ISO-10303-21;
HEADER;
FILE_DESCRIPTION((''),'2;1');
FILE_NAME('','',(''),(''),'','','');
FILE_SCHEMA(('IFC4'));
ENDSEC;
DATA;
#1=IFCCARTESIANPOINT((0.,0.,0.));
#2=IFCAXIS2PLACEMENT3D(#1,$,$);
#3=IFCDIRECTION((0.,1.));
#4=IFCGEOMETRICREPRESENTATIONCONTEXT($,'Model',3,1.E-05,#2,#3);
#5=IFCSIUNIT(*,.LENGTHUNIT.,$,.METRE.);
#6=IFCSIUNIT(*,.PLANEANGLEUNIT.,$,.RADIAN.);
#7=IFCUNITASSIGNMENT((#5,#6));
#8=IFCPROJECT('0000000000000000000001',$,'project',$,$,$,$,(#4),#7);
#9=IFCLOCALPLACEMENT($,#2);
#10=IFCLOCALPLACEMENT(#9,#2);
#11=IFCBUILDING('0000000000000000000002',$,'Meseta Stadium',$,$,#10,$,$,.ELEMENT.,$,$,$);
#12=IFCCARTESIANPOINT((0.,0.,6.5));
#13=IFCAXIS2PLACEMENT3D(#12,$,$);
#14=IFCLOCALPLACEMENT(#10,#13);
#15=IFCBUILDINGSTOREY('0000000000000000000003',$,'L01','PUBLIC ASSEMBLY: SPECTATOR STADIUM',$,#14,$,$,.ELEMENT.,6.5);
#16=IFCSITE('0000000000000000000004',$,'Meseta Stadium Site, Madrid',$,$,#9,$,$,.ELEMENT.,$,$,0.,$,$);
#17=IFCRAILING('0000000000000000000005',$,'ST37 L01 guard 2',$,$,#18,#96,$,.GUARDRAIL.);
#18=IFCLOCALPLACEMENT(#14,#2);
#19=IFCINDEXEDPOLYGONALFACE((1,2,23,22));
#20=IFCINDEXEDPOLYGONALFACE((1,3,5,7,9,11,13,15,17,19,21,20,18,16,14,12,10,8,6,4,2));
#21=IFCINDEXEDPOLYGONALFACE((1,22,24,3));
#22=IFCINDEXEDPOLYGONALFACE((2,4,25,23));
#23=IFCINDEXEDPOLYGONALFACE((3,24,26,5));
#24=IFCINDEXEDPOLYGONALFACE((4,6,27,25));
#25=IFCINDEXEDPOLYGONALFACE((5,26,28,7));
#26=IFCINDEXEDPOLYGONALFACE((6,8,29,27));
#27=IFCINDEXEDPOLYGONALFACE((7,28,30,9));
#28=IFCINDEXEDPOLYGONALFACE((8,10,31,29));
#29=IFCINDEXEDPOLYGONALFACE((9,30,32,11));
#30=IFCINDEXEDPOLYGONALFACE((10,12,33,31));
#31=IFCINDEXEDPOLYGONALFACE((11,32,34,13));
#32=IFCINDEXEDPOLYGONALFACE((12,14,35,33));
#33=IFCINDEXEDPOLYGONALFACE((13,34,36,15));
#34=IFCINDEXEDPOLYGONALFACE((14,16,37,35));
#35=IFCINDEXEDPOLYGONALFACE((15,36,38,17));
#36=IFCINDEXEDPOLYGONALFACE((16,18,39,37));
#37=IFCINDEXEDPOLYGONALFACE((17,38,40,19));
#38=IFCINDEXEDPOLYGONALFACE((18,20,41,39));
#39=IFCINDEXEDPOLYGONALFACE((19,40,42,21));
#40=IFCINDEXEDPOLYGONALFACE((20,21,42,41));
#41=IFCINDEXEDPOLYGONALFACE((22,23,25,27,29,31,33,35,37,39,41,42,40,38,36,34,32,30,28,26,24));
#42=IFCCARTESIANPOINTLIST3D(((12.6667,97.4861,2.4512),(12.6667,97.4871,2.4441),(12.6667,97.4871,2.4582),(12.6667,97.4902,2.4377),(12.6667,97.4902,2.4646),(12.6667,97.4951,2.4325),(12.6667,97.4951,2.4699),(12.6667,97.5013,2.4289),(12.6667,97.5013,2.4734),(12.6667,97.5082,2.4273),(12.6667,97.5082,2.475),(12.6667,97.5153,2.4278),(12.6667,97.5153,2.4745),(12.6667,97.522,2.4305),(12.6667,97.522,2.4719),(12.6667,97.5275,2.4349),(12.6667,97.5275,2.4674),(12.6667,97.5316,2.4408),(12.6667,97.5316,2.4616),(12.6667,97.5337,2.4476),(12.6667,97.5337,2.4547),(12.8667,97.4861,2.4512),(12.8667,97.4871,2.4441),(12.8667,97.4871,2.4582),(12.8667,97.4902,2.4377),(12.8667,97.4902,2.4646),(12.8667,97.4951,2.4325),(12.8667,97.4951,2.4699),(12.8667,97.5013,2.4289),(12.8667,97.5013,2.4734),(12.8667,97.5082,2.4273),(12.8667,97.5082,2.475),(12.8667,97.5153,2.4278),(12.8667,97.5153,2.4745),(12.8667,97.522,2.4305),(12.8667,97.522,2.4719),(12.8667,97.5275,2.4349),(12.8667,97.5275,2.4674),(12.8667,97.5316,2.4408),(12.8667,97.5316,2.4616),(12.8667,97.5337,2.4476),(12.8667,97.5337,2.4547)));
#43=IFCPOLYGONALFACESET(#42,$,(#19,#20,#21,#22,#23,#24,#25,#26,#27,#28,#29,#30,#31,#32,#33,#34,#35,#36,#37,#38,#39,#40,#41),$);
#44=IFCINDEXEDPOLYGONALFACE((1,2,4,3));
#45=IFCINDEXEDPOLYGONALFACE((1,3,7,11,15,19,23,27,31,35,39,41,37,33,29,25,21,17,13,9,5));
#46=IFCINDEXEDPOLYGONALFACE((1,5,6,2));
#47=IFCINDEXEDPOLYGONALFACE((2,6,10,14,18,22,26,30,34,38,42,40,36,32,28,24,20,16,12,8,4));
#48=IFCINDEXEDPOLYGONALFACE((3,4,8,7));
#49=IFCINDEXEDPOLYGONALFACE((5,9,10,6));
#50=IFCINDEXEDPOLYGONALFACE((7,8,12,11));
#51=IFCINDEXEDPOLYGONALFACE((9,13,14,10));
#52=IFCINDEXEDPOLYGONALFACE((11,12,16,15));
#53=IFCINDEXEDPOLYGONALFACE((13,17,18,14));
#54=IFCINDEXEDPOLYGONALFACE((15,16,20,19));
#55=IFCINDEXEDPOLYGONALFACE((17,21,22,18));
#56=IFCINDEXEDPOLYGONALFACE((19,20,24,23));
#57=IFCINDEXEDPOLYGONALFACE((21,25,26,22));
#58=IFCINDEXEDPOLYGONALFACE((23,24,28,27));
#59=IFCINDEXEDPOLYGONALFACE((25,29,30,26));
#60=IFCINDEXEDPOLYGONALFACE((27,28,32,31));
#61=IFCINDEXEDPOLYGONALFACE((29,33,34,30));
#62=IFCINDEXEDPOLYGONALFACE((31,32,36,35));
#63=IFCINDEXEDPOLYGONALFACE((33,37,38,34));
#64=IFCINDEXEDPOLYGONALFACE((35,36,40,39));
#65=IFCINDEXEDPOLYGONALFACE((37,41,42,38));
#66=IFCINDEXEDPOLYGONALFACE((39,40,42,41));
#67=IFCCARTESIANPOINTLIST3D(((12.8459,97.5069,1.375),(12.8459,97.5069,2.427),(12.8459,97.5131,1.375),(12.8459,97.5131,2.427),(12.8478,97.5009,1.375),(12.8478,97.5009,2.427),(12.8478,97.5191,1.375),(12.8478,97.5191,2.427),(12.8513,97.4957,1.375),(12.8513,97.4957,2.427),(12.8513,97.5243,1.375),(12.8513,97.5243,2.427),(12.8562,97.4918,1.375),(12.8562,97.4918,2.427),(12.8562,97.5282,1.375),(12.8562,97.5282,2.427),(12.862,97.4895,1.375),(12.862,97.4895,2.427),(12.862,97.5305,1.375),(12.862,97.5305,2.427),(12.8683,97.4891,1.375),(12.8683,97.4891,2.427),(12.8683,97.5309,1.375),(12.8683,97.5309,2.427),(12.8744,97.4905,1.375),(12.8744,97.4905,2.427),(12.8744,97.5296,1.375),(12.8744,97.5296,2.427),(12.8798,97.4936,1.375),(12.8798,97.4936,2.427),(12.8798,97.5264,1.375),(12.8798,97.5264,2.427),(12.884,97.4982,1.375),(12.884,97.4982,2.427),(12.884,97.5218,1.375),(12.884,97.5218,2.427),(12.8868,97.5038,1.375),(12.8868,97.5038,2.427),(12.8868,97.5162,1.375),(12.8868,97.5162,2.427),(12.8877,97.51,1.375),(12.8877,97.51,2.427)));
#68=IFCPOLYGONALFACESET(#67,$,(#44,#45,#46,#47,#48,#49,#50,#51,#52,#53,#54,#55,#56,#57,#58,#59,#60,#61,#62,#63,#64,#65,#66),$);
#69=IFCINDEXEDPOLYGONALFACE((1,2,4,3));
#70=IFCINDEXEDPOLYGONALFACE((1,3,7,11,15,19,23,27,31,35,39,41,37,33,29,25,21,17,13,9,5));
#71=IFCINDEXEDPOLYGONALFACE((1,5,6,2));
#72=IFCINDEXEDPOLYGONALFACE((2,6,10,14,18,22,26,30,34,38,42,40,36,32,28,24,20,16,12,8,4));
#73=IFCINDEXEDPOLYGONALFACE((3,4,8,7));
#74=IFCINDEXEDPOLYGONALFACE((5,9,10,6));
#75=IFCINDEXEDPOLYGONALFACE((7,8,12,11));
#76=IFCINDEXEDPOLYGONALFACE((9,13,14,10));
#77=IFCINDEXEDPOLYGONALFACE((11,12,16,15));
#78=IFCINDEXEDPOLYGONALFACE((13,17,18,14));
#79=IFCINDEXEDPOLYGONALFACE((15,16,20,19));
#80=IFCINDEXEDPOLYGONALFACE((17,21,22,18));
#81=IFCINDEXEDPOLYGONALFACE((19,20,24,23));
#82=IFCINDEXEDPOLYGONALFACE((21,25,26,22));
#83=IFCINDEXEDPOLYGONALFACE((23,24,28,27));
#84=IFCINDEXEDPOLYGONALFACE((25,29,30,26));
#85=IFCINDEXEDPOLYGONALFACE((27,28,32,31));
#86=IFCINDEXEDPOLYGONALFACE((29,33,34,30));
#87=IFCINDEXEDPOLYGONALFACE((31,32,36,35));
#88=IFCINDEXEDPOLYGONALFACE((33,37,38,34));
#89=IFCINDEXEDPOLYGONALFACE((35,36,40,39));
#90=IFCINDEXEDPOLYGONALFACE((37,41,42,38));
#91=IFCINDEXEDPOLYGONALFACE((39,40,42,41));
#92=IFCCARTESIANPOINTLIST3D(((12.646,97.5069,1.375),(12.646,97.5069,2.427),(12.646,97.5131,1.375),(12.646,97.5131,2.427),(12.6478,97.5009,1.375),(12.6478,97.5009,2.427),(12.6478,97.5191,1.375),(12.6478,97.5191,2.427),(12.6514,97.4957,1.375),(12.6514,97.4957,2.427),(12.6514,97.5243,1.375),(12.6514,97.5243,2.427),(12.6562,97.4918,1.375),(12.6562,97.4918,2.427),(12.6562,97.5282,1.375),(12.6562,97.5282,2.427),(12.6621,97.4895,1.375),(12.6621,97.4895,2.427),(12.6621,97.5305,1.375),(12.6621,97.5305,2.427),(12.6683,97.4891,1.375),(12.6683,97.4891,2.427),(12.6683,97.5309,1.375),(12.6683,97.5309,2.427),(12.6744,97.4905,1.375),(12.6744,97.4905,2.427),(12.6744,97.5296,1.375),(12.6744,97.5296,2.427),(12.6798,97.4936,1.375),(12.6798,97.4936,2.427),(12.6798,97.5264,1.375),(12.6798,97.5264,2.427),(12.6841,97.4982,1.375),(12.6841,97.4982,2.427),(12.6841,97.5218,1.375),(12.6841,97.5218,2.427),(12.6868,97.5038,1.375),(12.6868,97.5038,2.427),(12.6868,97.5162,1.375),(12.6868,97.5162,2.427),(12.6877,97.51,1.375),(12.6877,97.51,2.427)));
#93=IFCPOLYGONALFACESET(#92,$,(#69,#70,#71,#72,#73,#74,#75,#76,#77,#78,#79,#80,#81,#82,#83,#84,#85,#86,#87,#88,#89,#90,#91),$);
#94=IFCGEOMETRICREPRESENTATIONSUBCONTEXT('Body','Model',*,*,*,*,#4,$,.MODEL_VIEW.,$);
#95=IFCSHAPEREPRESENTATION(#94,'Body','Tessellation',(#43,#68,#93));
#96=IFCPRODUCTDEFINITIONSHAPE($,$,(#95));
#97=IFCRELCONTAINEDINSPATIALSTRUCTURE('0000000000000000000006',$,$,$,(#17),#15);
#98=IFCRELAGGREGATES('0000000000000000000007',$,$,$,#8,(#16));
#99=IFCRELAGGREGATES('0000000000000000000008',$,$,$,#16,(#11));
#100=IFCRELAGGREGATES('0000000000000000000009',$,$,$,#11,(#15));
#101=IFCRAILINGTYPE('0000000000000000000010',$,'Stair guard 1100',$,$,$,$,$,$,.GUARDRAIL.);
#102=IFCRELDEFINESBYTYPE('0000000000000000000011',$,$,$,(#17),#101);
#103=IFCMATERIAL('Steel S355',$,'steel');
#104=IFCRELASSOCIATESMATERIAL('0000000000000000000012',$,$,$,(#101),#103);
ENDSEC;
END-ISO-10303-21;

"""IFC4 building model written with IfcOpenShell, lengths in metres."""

from ifc_helpers import new_model, si_unit, direction, frame, origin, origin_2d, place, context, subcontext, project, spatial, circle, extrude, material, type_object, element, save


model = new_model("IFC4")

# Units and contexts
model_context = context("Model", 3, precision=1e-05, world=origin(), true_north=direction((0.0, 1.0)))
body_context = subcontext(model_context, "Body", "Model", "MODEL_VIEW")
ifc_project = project(units=[si_unit("LENGTHUNIT", "METRE"), si_unit("PLANEANGLEUNIT", "RADIAN")], contexts=[model_context])

# Site, building, storey
site_placement = place(None, origin())
site = spatial("IfcSite", under=ifc_project, at=site_placement, Name="Meseta Stadium Site, Madrid", CompositionType="ELEMENT", RefElevation=0.0)
building_placement = place(site_placement, origin())
building = spatial("IfcBuilding", under=site, at=building_placement, Name="Meseta Stadium", CompositionType="ELEMENT")
storey_placement = place(building_placement, frame((0.0, 0.0, 6.5)))
storey = spatial("IfcBuildingStorey", under=building, at=storey_placement, Name="L01", Description="PUBLIC ASSEMBLY: SPECTATOR STADIUM", CompositionType="ELEMENT", Elevation=6.5)

# Railing
ifc_material_1 = material(Name="Steel S355", Category="steel")
railing_type_1 = type_object("IfcRailingType", Name="Stair guard 1100", PredefinedType="GUARDRAIL", material=ifc_material_1)
railing_1_placement = place(storey_placement, frame((12.8667, 97.51, 1.375)))
element("IfcRailing", 1, at=railing_1_placement, inside=storey, type_object=railing_type_1, Name="ST37 L01 guard 2", PredefinedType="GUARDRAIL", context=body_context, shape_type="SweptSolid", body=[
    extrude(circle(Radius=0.0239, at=origin_2d()), frame((0.0, 0.0, 1.0762), z_axis=(-1.0, 0.0, 0.0), x_axis=(0.0, -1.0, 0.0)), (0.0, 0.0, 1.0), 0.2),
    extrude(circle(Radius=0.021, at=origin_2d()), origin(), (0.0, 0.0, 1.0), 1.052),
    extrude(circle(Radius=0.021, at=origin_2d()), frame((-0.2, 0.0, 0.0)), (0.0, 0.0, 1.0), 1.052),
])

save(model, "model.ifc")
